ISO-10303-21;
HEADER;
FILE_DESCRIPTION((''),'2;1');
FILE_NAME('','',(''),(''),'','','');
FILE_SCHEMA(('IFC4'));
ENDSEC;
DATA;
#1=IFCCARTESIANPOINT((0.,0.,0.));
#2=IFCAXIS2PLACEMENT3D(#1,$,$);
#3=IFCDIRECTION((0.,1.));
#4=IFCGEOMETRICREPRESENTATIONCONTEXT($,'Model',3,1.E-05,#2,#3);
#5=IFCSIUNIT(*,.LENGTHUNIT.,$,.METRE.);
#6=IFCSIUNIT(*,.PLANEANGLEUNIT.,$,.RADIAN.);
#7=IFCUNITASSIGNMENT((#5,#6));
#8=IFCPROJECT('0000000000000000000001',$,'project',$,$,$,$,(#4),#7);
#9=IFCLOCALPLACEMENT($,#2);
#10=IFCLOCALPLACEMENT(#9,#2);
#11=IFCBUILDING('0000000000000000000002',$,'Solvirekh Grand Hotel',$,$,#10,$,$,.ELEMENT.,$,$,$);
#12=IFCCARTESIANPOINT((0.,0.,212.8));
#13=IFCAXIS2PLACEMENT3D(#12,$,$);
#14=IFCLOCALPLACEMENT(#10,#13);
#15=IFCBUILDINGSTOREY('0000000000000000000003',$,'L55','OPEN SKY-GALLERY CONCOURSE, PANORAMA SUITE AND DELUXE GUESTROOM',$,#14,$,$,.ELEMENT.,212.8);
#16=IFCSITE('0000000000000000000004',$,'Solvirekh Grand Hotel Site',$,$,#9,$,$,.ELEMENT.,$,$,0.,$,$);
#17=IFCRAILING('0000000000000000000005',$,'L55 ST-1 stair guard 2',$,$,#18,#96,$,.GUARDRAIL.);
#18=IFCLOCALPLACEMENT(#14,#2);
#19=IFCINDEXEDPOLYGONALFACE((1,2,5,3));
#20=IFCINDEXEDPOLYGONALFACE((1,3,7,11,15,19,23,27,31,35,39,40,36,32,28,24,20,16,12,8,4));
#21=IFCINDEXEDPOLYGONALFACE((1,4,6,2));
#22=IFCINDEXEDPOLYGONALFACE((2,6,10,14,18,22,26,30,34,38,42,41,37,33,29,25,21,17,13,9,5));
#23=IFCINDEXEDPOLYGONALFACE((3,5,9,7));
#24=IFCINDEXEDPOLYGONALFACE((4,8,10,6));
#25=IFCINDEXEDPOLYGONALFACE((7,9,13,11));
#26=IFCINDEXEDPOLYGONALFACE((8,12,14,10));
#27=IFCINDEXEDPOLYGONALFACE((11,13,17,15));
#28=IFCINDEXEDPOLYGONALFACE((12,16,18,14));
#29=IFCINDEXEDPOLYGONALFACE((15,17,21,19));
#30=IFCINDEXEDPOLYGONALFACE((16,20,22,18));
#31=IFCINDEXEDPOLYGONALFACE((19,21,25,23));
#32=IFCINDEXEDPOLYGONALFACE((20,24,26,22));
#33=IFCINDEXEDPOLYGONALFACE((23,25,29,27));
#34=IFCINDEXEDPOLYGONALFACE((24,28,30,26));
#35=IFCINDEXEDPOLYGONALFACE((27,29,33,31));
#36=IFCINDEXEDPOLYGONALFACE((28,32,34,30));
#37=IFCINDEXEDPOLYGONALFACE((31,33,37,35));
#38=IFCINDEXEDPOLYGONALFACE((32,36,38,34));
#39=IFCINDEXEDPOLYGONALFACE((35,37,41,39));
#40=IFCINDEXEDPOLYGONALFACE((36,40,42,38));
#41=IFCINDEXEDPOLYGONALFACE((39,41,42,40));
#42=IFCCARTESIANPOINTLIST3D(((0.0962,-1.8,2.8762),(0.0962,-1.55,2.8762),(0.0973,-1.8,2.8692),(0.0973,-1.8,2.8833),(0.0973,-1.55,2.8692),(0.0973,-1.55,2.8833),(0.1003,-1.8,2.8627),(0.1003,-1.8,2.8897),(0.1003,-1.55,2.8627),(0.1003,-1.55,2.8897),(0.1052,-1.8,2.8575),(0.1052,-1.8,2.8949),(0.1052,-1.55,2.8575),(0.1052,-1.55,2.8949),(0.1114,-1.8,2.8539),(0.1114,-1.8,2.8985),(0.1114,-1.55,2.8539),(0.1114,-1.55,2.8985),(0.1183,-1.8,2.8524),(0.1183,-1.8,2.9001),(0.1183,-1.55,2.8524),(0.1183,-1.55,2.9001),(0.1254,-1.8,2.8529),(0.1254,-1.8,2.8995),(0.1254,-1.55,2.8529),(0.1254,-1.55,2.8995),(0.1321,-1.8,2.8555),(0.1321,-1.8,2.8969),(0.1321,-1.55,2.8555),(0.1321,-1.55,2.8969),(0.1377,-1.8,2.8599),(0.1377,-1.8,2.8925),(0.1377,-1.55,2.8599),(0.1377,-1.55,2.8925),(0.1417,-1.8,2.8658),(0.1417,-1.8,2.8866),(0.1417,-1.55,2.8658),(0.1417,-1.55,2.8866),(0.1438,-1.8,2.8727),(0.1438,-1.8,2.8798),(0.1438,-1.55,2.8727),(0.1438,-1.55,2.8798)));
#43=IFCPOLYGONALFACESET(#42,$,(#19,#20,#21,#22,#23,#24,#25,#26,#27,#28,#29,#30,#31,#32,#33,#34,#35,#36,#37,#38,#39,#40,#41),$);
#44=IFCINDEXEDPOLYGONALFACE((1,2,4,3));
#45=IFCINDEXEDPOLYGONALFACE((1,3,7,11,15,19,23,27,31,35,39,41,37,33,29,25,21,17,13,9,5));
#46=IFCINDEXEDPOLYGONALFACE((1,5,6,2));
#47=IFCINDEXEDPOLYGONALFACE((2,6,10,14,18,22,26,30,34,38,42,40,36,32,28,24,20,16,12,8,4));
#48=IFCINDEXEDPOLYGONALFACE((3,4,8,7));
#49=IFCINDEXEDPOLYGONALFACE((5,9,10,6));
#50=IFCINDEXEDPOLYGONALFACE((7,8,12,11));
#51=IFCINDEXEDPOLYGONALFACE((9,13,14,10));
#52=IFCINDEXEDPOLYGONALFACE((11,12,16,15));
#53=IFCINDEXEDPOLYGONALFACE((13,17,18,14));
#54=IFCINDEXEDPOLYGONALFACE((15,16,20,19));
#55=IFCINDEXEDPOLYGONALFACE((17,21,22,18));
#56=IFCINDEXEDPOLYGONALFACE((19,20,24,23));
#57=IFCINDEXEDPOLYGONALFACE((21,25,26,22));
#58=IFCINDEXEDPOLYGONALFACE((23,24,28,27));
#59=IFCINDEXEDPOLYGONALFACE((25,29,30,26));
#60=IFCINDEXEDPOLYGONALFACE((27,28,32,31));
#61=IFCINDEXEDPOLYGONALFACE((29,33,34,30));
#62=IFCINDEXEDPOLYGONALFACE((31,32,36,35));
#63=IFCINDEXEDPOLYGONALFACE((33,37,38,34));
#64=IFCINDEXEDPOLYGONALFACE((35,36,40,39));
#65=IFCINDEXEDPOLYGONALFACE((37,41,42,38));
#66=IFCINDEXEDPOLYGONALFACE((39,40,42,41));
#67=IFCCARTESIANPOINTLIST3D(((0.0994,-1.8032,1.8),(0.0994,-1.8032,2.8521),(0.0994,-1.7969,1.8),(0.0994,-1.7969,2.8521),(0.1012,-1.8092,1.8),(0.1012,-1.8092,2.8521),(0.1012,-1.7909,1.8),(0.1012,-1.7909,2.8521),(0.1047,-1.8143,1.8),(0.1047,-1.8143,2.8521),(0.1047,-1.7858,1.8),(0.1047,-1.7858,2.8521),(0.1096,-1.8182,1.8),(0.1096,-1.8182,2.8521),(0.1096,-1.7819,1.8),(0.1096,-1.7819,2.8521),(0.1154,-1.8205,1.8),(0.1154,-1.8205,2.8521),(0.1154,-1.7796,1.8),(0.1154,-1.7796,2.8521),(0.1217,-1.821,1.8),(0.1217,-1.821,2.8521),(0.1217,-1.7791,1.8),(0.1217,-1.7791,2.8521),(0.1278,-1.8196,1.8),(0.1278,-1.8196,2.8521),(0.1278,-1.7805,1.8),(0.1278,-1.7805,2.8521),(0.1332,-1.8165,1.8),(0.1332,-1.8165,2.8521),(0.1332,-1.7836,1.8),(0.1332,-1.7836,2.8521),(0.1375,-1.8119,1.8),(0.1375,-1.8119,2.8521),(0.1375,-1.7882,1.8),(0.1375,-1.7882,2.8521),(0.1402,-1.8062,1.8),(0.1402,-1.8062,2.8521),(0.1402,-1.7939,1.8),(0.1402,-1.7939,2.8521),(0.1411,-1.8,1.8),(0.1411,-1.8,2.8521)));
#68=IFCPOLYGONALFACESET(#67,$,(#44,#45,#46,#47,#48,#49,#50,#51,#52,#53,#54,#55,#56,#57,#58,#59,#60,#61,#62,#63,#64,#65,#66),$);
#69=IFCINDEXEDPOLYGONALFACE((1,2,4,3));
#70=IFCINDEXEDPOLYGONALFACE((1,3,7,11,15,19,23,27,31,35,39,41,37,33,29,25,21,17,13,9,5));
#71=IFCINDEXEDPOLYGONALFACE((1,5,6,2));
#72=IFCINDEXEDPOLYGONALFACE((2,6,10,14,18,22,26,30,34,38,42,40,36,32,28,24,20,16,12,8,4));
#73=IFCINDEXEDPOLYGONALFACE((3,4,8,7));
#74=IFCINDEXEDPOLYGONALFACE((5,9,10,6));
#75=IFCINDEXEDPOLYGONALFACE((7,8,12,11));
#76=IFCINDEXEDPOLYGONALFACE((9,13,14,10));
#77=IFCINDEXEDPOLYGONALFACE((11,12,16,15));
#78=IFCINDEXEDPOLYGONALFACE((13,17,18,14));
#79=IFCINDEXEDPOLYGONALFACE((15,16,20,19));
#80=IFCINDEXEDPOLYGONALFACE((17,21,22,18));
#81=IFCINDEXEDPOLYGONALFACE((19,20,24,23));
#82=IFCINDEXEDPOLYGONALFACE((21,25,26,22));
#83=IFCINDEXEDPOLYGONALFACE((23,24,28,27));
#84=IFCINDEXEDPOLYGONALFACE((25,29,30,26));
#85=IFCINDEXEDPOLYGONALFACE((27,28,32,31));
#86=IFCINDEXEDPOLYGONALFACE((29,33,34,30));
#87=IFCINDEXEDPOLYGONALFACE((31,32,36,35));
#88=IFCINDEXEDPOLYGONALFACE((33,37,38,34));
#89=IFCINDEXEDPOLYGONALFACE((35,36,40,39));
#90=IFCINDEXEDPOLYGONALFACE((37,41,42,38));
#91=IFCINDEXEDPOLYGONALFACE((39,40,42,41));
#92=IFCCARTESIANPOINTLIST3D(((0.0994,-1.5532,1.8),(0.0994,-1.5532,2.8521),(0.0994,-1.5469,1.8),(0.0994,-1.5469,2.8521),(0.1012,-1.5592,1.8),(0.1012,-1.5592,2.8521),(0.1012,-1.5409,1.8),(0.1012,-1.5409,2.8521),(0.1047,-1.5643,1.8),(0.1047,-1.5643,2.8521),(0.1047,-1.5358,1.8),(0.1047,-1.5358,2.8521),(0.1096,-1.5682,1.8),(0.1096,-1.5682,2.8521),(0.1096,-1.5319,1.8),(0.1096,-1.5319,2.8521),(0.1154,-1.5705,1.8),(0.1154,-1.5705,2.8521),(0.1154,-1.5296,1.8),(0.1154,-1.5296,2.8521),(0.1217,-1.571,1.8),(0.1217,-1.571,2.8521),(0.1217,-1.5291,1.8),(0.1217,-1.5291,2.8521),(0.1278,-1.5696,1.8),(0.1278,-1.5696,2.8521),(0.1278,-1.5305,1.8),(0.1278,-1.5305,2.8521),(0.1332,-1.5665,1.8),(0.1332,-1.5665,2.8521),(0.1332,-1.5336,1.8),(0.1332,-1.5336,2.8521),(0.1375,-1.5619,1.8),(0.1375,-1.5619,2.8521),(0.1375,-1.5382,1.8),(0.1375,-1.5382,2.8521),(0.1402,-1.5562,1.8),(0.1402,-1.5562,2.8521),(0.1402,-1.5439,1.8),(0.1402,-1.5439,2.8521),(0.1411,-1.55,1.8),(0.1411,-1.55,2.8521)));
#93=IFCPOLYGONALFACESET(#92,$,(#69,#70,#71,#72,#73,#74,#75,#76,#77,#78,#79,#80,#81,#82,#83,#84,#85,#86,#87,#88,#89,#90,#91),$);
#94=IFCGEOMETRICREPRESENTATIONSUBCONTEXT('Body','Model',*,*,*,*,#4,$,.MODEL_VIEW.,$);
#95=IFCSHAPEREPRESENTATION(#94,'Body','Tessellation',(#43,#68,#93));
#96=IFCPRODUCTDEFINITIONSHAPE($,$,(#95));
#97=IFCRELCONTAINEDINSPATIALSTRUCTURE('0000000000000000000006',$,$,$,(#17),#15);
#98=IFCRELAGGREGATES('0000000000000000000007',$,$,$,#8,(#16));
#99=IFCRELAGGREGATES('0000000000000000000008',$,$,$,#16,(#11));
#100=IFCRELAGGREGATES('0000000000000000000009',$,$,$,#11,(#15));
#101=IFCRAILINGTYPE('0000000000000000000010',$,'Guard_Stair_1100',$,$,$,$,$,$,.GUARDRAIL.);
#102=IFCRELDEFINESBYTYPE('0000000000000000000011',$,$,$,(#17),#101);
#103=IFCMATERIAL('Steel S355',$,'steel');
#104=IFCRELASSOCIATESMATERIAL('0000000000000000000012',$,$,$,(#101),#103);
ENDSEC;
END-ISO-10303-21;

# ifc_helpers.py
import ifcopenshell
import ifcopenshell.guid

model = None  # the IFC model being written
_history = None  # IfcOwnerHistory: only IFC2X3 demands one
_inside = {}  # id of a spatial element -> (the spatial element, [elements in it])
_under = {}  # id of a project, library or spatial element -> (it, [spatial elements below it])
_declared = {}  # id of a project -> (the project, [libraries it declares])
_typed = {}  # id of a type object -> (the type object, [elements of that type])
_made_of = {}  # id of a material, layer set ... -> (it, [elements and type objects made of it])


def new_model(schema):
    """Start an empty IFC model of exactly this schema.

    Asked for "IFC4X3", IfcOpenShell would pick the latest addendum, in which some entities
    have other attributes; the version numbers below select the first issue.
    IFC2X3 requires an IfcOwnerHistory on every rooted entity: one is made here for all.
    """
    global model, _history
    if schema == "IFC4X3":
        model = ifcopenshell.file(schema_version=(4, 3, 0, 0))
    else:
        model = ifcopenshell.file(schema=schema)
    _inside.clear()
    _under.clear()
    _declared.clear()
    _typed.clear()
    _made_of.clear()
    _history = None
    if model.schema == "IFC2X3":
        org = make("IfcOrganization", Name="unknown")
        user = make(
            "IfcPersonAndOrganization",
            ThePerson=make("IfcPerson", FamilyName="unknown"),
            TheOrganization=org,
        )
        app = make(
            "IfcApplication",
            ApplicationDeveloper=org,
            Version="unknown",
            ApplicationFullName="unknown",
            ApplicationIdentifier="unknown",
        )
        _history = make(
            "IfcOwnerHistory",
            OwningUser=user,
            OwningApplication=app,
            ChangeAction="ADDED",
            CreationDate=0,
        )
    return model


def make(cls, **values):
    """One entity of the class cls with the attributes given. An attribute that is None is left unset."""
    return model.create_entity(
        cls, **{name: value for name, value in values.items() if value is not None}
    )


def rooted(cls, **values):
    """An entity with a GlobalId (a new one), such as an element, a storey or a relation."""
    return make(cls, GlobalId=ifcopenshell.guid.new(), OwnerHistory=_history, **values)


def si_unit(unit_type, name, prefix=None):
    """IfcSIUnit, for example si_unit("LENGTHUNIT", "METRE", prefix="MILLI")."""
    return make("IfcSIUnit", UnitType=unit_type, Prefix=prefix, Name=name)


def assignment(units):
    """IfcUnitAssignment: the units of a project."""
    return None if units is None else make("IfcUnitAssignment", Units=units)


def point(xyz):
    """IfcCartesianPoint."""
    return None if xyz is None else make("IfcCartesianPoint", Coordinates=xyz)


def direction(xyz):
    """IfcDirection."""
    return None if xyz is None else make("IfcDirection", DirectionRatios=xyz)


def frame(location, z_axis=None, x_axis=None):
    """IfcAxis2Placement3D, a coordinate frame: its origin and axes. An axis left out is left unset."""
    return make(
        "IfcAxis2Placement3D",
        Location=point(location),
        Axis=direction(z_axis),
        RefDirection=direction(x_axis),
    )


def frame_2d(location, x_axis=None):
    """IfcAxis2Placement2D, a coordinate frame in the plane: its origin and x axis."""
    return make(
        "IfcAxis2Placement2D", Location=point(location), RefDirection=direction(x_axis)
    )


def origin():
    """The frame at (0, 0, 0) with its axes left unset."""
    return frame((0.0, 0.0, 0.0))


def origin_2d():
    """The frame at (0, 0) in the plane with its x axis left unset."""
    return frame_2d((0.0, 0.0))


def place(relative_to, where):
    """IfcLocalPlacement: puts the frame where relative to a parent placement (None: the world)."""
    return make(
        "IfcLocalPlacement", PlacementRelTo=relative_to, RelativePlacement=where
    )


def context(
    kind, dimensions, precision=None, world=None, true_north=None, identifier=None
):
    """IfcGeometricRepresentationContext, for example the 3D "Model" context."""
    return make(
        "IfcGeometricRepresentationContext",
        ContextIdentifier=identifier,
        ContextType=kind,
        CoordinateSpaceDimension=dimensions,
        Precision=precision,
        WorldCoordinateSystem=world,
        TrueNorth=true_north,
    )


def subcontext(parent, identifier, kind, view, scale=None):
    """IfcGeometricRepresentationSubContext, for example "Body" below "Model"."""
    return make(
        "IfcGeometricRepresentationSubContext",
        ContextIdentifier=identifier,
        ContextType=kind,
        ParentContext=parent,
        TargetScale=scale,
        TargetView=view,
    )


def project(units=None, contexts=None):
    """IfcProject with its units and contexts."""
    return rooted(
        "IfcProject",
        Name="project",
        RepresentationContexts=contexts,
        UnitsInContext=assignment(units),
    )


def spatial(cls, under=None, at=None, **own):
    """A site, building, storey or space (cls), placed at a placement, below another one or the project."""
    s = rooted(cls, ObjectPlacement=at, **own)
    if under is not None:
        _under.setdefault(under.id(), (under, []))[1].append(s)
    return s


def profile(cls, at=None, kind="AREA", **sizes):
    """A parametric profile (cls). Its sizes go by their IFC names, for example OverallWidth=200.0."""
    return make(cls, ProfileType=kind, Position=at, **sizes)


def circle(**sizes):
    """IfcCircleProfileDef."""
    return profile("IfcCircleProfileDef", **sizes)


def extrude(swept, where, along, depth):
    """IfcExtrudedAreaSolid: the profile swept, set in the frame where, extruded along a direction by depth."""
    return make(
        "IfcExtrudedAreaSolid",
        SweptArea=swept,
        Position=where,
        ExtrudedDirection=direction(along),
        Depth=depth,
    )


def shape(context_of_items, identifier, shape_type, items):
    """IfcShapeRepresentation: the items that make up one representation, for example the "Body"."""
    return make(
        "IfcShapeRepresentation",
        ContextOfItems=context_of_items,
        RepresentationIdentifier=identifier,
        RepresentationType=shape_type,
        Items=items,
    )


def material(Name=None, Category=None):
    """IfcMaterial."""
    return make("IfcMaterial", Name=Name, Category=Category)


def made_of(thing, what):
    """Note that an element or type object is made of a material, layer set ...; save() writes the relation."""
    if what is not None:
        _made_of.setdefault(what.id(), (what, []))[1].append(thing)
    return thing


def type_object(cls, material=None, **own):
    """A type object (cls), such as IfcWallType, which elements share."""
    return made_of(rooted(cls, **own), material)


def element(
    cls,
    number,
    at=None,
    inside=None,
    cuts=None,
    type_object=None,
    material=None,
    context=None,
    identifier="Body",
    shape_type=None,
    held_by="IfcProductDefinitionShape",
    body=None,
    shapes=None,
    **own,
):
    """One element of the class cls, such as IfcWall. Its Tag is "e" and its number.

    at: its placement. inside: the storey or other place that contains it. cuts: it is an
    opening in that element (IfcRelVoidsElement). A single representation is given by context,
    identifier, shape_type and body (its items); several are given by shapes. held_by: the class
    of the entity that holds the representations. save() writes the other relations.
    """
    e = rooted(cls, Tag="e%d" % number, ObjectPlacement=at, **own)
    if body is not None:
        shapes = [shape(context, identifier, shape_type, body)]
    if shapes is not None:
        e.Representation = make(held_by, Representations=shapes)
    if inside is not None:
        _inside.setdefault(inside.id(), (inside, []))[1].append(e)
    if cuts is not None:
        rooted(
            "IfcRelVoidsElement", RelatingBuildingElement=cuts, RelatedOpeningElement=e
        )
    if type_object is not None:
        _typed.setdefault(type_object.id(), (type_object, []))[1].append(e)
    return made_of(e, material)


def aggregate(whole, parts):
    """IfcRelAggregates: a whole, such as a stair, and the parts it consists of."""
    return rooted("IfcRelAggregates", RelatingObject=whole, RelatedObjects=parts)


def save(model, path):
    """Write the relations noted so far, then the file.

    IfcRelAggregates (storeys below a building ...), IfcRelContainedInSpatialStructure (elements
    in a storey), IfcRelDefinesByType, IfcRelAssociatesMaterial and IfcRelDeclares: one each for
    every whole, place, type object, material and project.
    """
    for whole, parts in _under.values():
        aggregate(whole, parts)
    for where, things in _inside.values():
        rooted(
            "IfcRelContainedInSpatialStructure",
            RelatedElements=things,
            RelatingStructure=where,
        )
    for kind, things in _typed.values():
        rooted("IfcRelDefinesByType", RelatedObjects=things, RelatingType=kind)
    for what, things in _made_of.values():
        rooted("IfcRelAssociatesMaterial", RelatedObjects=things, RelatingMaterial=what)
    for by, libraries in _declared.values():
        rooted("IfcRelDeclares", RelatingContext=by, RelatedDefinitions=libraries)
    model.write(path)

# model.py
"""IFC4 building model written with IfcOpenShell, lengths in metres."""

from ifc_helpers import new_model, si_unit, direction, frame, origin, origin_2d, place, context, subcontext, project, spatial, circle, extrude, material, type_object, element, save


model = new_model("IFC4")

# Units and contexts
model_context = context("Model", 3, precision=1e-05, world=origin(), true_north=direction((0.0, 1.0)))
body_context = subcontext(model_context, "Body", "Model", "MODEL_VIEW")
ifc_project = project(units=[si_unit("LENGTHUNIT", "METRE"), si_unit("PLANEANGLEUNIT", "RADIAN")], contexts=[model_context])

# Site, building, storey
site_placement = place(None, origin())
site = spatial("IfcSite", under=ifc_project, at=site_placement, Name="Solvirekh Grand Hotel Site", CompositionType="ELEMENT", RefElevation=0.0)
building_placement = place(site_placement, origin())
building = spatial("IfcBuilding", under=site, at=building_placement, Name="Solvirekh Grand Hotel", CompositionType="ELEMENT")
storey_placement = place(building_placement, frame((0.0, 0.0, 212.8)))
storey = spatial("IfcBuildingStorey", under=building, at=storey_placement, Name="L55", Description="OPEN SKY-GALLERY CONCOURSE, PANORAMA SUITE AND DELUXE GUESTROOM", CompositionType="ELEMENT", Elevation=212.8)

# Shared definitions
ifc_material_1 = material(Name="Steel S355", Category="steel")

# Railing
railing_type_1 = type_object("IfcRailingType", Name="Guard_Stair_1100", PredefinedType="GUARDRAIL", material=ifc_material_1)
railing_1_placement = place(storey_placement, frame((0.1201, -1.8, 1.8)))
element("IfcRailing", 1, at=railing_1_placement, inside=storey, type_object=railing_type_1, Name="L55 ST-1 stair guard 2", PredefinedType="GUARDRAIL", context=body_context, shape_type="SweptSolid", body=[
    extrude(circle(Radius=0.0239, at=origin_2d()), frame((0.0, 0.0, 1.0762), z_axis=(0.0, 1.0, 0.0), x_axis=(-1.0, 0.0, 0.0)), (0.0, 0.0, 1.0), 0.25),
    extrude(circle(Radius=0.021, at=origin_2d()), origin(), (0.0, 0.0, 1.0), 1.052),
    extrude(circle(Radius=0.021, at=origin_2d()), frame((0.0, 0.25, 0.0)), (0.0, 0.0, 1.0), 1.052),
])

save(model, "model.ifc")
